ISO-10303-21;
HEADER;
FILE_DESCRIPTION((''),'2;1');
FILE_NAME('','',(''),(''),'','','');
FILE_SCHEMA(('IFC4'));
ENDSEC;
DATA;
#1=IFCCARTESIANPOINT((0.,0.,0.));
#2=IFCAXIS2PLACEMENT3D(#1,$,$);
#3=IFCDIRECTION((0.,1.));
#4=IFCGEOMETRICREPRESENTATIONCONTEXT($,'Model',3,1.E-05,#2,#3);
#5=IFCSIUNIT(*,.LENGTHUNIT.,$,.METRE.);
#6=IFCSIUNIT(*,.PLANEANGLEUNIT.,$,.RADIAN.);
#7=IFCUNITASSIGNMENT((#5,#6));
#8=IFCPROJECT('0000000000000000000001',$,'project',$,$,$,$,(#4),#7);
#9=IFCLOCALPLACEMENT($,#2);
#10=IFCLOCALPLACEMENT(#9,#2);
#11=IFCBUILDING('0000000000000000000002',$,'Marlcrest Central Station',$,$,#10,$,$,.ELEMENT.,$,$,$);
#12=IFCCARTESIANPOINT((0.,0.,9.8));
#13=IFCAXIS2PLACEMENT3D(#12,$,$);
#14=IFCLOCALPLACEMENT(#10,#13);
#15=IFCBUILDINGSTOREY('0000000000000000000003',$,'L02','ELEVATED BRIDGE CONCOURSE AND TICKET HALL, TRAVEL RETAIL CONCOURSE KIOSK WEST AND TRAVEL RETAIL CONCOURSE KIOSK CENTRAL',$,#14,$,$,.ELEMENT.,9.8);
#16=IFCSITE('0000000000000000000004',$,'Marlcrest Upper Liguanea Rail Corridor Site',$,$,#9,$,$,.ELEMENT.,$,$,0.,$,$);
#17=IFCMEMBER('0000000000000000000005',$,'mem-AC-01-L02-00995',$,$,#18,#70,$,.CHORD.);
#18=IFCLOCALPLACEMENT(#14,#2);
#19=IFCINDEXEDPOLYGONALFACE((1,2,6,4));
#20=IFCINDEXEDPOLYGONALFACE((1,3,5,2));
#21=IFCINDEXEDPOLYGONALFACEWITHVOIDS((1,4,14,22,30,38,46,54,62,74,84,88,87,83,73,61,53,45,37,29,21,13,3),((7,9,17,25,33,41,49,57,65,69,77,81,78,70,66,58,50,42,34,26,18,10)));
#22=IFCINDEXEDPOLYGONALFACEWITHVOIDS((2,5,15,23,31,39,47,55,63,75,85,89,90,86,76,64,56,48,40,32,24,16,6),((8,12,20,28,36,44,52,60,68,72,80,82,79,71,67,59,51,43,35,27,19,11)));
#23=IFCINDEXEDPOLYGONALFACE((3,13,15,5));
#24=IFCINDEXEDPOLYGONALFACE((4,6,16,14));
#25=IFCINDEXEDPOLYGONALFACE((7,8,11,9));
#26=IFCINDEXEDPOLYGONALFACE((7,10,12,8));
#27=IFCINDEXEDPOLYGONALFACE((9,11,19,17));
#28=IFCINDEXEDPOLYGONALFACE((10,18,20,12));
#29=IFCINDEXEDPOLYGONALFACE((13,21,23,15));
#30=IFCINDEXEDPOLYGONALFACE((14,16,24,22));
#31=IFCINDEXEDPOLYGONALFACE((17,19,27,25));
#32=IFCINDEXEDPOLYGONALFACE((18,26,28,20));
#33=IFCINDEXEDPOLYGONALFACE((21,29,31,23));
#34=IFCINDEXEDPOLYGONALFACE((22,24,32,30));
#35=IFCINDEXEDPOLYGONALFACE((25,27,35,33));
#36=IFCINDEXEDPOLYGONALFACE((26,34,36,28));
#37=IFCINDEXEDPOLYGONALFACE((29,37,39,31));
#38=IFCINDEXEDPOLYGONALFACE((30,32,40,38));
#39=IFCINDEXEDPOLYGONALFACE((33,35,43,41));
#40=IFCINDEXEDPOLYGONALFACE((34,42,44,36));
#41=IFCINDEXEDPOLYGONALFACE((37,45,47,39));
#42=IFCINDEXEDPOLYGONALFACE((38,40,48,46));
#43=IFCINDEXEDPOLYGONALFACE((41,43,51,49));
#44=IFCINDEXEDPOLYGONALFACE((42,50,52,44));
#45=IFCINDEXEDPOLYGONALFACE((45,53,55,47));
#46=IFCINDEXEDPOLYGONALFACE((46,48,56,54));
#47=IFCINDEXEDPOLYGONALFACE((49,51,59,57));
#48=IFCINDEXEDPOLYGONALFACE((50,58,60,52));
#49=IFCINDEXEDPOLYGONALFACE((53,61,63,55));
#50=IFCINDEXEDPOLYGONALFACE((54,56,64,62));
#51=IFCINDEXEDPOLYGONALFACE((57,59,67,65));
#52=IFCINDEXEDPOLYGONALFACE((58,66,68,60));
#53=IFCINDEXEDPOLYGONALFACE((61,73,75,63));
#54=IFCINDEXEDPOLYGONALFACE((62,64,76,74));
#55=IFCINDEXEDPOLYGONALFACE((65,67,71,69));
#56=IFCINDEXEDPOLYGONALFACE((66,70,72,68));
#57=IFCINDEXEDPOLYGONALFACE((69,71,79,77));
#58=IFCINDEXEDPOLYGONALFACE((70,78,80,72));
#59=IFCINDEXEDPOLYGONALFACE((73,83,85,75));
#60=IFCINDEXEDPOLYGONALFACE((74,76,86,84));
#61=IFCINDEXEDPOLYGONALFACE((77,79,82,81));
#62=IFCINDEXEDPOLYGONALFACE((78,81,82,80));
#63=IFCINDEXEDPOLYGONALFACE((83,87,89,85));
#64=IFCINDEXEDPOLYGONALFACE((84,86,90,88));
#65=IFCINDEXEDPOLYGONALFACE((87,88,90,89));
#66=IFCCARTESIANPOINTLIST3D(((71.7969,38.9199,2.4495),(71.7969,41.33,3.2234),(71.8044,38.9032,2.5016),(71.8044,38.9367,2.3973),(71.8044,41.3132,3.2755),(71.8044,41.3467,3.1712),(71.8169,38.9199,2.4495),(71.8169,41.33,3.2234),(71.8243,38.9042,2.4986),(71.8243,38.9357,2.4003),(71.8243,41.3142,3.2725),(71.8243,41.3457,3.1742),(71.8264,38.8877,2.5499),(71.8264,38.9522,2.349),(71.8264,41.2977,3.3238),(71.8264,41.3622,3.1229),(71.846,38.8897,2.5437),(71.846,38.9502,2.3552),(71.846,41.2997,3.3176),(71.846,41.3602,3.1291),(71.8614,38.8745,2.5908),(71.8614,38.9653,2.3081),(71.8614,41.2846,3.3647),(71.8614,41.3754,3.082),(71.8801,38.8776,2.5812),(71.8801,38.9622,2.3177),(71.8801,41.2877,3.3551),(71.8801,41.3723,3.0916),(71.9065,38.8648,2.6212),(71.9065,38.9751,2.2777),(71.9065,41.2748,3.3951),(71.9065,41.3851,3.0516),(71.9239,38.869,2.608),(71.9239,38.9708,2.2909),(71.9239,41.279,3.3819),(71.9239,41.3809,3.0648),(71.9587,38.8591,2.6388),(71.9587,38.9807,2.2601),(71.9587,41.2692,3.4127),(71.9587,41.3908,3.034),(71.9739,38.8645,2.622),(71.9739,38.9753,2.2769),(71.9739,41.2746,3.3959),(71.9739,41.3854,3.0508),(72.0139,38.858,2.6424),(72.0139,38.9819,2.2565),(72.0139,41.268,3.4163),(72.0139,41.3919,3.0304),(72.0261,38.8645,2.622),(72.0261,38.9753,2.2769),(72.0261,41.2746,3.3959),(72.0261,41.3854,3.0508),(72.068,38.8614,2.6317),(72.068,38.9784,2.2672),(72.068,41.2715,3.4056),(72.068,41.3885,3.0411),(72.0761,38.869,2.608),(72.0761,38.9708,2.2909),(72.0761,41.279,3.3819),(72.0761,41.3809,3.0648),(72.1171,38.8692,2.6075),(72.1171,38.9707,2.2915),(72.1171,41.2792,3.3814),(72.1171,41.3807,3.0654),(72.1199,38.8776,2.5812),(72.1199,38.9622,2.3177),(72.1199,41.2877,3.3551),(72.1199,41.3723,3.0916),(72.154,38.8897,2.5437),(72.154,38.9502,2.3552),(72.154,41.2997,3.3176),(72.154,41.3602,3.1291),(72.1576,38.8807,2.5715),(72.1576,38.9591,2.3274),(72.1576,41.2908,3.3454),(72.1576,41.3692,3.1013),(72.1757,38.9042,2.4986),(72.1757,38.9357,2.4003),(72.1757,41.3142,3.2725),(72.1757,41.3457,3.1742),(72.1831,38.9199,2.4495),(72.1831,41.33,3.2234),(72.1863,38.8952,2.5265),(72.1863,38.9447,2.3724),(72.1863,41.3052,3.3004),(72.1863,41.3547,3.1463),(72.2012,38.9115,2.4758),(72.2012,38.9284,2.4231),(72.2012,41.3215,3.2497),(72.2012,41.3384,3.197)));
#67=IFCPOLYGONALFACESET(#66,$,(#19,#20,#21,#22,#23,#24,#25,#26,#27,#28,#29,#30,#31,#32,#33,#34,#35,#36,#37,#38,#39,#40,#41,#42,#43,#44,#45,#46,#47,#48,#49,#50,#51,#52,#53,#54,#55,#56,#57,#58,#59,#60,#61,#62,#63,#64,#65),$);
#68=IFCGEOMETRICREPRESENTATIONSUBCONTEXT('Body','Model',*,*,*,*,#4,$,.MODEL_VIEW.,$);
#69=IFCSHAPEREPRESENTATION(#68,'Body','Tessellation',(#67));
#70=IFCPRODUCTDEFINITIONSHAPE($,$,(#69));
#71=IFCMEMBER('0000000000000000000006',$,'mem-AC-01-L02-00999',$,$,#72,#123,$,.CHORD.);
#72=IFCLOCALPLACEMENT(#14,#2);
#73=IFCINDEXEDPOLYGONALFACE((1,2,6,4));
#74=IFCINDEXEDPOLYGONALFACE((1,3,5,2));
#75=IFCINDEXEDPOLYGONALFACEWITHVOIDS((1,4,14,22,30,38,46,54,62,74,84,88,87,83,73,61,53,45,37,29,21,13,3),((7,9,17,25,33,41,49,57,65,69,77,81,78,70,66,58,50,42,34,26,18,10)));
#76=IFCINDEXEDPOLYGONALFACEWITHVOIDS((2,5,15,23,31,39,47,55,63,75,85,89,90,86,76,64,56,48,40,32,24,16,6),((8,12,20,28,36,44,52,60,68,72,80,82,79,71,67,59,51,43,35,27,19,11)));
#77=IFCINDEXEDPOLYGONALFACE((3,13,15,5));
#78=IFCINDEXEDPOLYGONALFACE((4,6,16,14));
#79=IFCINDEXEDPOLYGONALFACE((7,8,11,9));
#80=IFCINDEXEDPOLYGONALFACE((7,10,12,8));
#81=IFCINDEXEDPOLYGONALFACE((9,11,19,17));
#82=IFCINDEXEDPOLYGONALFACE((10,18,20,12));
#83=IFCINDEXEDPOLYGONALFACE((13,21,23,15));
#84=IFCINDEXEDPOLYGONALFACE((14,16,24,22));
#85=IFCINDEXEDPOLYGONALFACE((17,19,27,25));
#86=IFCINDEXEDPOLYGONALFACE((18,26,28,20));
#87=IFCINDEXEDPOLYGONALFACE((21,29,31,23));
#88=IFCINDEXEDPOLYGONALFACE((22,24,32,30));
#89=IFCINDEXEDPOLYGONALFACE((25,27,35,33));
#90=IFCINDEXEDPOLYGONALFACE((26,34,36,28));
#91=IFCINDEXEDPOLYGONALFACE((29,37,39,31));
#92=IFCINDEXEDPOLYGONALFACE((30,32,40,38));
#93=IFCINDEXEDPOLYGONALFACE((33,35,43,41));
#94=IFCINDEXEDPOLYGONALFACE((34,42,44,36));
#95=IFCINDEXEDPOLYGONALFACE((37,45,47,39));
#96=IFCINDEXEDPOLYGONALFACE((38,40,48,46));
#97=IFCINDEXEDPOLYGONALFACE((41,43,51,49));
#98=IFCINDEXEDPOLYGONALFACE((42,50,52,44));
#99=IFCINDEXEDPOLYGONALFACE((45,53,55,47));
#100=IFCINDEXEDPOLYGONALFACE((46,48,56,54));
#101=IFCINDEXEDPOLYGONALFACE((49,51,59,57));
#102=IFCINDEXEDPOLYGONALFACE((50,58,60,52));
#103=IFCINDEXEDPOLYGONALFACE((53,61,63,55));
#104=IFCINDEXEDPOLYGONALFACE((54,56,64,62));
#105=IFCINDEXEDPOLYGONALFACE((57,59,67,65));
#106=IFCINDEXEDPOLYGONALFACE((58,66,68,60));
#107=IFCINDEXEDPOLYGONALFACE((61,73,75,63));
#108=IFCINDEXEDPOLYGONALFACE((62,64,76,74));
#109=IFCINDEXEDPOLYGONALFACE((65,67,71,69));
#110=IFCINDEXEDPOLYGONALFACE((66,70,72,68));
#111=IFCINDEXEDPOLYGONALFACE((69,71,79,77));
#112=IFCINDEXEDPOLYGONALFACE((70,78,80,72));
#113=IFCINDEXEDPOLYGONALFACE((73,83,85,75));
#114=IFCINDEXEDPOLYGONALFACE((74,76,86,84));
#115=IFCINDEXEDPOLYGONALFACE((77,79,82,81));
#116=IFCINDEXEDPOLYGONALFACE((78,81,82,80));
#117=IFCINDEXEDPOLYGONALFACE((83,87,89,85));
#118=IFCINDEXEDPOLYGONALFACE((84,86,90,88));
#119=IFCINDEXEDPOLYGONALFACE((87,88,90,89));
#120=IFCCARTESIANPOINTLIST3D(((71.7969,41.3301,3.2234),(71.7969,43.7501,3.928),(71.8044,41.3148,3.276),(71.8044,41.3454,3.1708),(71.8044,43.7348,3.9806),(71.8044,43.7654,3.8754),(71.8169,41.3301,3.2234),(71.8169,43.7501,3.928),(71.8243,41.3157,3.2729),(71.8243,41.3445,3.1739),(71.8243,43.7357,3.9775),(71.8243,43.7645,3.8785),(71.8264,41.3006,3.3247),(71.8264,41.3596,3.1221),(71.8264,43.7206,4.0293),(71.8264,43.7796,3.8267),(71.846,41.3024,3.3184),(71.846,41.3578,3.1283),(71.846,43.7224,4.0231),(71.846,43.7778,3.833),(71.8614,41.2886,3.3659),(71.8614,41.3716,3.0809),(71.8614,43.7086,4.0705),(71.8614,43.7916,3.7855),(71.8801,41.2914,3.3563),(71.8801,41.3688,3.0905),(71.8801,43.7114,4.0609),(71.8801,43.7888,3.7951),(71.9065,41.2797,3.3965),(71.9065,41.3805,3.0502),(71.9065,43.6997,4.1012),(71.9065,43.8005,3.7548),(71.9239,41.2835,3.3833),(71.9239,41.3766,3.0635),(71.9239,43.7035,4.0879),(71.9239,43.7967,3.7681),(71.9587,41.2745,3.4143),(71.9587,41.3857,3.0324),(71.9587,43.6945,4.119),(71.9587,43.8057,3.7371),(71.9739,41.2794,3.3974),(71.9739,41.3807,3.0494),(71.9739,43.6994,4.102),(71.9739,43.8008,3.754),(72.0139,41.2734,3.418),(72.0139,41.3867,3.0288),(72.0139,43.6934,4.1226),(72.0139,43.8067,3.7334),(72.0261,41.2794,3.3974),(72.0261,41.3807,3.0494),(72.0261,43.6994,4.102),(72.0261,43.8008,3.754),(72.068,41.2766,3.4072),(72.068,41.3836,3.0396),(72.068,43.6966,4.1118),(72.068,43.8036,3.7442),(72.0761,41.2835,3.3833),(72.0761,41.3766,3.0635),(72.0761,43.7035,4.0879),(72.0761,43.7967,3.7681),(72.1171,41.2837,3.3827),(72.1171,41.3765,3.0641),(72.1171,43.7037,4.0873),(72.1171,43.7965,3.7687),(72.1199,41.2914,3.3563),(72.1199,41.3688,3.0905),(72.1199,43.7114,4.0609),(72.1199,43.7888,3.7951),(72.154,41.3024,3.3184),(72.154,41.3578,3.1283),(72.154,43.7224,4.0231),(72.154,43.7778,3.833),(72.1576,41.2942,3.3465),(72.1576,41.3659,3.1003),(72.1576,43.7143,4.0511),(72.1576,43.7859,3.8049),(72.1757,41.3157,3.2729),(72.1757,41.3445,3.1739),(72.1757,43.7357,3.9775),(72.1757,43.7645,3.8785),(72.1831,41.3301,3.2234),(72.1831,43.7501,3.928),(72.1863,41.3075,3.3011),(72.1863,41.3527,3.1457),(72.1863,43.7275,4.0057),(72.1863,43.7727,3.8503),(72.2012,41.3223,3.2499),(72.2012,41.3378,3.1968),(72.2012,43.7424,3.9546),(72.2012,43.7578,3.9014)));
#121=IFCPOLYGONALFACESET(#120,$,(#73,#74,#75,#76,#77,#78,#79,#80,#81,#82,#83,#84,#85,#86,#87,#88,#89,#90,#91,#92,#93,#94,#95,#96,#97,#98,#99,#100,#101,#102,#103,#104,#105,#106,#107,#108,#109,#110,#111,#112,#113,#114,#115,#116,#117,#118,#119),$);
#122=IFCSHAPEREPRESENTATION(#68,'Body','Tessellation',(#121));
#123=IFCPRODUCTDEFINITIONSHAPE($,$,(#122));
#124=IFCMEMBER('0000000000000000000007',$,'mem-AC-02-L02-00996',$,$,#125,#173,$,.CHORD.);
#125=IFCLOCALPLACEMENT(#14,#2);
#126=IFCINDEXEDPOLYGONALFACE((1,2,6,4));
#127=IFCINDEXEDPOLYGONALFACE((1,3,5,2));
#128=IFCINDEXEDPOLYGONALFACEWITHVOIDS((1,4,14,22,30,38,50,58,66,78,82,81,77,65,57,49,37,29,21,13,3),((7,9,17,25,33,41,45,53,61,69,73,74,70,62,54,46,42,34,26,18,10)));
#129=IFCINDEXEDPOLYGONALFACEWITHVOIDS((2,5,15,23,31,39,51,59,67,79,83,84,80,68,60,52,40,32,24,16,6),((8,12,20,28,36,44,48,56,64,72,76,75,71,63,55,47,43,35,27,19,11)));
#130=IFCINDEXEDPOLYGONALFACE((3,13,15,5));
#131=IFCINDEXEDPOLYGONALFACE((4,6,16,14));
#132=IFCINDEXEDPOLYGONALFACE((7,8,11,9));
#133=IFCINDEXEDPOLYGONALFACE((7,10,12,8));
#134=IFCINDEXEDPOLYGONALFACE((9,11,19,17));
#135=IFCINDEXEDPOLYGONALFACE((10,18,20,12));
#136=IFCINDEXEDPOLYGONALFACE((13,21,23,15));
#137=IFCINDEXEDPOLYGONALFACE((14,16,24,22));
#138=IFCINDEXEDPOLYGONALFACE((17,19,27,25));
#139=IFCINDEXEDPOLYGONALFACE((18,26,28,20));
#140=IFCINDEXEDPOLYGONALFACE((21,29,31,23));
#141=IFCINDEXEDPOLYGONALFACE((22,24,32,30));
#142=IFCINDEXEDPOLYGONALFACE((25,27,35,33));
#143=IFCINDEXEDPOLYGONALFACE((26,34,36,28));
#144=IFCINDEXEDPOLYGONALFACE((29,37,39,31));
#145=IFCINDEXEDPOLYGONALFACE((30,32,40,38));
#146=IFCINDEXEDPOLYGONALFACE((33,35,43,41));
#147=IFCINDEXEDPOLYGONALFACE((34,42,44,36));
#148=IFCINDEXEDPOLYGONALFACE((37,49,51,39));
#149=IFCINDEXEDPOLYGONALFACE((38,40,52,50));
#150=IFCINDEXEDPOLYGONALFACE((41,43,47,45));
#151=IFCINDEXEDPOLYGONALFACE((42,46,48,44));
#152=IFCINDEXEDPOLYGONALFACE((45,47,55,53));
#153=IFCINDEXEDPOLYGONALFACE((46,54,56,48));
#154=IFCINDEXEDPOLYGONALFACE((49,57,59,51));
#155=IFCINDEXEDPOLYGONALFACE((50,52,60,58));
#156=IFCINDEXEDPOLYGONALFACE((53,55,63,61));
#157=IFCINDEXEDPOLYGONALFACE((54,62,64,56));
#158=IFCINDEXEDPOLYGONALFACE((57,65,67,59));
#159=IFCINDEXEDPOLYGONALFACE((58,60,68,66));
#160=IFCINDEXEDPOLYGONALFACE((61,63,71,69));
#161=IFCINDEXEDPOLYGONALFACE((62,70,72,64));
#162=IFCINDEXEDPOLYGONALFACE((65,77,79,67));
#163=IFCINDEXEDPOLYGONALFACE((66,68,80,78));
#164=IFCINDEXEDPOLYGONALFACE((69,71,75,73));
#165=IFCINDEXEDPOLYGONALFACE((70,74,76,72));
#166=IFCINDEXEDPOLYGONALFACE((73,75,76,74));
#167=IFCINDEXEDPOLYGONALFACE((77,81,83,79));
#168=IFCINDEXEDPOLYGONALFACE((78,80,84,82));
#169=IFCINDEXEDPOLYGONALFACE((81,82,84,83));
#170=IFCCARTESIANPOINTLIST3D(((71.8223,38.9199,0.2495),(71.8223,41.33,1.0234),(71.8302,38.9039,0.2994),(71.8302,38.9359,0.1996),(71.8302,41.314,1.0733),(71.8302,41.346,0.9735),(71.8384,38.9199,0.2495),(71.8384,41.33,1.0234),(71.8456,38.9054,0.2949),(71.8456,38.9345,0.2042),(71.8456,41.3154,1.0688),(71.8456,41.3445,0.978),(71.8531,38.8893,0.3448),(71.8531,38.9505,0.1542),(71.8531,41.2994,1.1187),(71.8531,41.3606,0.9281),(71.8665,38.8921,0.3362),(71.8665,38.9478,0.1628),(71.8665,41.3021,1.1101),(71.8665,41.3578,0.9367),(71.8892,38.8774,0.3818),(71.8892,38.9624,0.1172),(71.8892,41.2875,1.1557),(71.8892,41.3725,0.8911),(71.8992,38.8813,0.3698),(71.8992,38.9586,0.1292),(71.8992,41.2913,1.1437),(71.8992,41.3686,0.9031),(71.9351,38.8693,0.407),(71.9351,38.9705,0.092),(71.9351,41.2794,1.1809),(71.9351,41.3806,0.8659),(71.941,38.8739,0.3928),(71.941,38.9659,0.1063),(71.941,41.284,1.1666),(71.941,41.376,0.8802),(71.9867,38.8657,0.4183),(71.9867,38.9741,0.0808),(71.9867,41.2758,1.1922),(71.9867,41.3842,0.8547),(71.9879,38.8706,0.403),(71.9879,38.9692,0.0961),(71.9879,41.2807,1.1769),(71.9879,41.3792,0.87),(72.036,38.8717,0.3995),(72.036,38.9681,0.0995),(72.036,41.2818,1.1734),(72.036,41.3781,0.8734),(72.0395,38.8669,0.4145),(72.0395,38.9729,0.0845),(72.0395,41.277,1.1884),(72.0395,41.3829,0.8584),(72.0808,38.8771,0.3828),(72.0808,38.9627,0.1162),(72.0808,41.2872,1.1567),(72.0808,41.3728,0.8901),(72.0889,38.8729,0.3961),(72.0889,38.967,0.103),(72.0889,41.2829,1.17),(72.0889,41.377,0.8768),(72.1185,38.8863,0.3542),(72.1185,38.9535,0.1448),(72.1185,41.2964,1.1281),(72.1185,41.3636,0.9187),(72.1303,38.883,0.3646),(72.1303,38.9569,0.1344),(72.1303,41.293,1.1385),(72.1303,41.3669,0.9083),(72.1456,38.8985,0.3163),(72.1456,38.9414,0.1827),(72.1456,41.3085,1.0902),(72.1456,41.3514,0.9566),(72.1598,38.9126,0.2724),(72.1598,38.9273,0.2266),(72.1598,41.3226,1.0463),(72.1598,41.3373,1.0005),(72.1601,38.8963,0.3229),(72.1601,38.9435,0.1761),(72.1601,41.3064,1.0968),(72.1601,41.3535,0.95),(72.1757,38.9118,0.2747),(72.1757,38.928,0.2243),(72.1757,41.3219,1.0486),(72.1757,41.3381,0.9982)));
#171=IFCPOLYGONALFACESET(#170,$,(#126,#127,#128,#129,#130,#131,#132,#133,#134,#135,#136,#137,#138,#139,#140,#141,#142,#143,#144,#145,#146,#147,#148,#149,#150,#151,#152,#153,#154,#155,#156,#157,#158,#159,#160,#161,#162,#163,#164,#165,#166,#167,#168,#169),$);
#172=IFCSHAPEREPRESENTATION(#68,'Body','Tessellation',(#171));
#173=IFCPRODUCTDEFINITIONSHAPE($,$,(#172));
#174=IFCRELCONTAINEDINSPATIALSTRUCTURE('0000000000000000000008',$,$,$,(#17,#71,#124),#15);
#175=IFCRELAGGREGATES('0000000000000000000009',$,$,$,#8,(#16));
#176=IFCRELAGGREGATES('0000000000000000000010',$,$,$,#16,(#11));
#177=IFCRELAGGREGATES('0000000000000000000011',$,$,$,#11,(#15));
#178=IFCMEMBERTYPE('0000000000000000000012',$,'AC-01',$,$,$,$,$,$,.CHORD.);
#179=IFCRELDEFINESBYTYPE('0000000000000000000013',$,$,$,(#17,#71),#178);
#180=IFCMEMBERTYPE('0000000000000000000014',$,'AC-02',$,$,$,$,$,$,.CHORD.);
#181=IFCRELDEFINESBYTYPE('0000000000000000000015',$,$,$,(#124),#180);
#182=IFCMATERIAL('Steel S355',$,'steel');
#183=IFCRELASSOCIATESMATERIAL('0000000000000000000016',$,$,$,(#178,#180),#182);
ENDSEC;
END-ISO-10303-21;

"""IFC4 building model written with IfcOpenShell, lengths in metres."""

from ifc_helpers import new_model, si_unit, direction, frame, origin, origin_2d, place, context, subcontext, project, spatial, hollow_circle, extrude, material, material_profile, profile_set, type_object, element, save


model = new_model("IFC4")

# Units and contexts
model_context = context("Model", 3, precision=1e-05, world=origin(), true_north=direction((0.0, 1.0)))
body_context = subcontext(model_context, "Body", "Model", "MODEL_VIEW")
ifc_project = project(units=[si_unit("LENGTHUNIT", "METRE"), si_unit("PLANEANGLEUNIT", "RADIAN")], contexts=[model_context])

# Site, building, storey
site_placement = place(None, origin())
site = spatial("IfcSite", under=ifc_project, at=site_placement, Name="Marlcrest Upper Liguanea Rail Corridor Site", CompositionType="ELEMENT", RefElevation=0.0)
building_placement = place(site_placement, origin())
building = spatial("IfcBuilding", under=site, at=building_placement, Name="Marlcrest Central Station", CompositionType="ELEMENT")
storey_placement = place(building_placement, frame((0.0, 0.0, 9.8)))
storey = spatial("IfcBuildingStorey", under=building, at=storey_placement, Name="L02", Description="ELEVATED BRIDGE CONCOURSE AND TICKET HALL, TRAVEL RETAIL CONCOURSE KIOSK WEST AND TRAVEL RETAIL CONCOURSE KIOSK CENTRAL", CompositionType="ELEMENT", Elevation=9.8)

# Members
ifc_material_1 = material(Name="Steel S355", Category="steel")
ifc_material_profile_1 = material_profile(ifc_material_1, hollow_circle(Radius=0.2031, WallThickness=0.02, at=origin_2d()), Name="CHS 406.4x20")
ifc_profile_set_1 = profile_set([ifc_material_profile_1], Name="Steel S355")
member_type_1 = type_object("IfcMemberType", Name="AC-01", PredefinedType="CHORD", material=ifc_profile_set_1)
member_1_placement = place(storey_placement, frame((72.0, 38.9199, 2.4495), z_axis=(0.0, 0.952117, 0.305734), x_axis=(-1.0, 0.0, 0.0)))
element("IfcMember", 1, at=member_1_placement, inside=storey, type_object=member_type_1, Name="mem-AC-01-L02-00995", PredefinedType="CHORD", context=body_context, shape_type="SweptSolid", body=[
    extrude(hollow_circle(Radius=0.2031, WallThickness=0.02, at=origin_2d()), origin(), (0.0, 0.0, 1.0), 2.5312),
])
member_2_placement = place(storey_placement, frame((72.0, 41.3301, 3.2234), z_axis=(0.0, 0.96013, 0.279554), x_axis=(-1.0, 0.0, 0.0)))
element("IfcMember", 2, at=member_2_placement, inside=storey, type_object=member_type_1, Name="mem-AC-01-L02-00999", PredefinedType="CHORD", context=body_context, shape_type="SweptSolid", body=[
    extrude(hollow_circle(Radius=0.2031, WallThickness=0.02, at=origin_2d()), origin(), (0.0, 0.0, 1.0), 2.5205),
])
ifc_material_profile_2 = material_profile(ifc_material_1, hollow_circle(Radius=0.1777, WallThickness=0.0161, at=origin_2d()), Name="CHS 355.6x16")
ifc_profile_set_2 = profile_set([ifc_material_profile_2], Name="Steel S355")
member_type_2 = type_object("IfcMemberType", Name="AC-02", PredefinedType="CHORD", material=ifc_profile_set_2)
member_3_placement = place(storey_placement, frame((72.0, 38.9199, 0.2495), z_axis=(0.0, 0.952117, 0.305734), x_axis=(-1.0, 0.0, 0.0)))
element("IfcMember", 3, at=member_3_placement, inside=storey, type_object=member_type_2, Name="mem-AC-02-L02-00996", PredefinedType="CHORD", context=body_context, shape_type="SweptSolid", body=[
    extrude(hollow_circle(Radius=0.1777, WallThickness=0.0161, at=origin_2d()), origin(), (0.0, 0.0, 1.0), 2.5312),
])

save(model, "model.ifc")
